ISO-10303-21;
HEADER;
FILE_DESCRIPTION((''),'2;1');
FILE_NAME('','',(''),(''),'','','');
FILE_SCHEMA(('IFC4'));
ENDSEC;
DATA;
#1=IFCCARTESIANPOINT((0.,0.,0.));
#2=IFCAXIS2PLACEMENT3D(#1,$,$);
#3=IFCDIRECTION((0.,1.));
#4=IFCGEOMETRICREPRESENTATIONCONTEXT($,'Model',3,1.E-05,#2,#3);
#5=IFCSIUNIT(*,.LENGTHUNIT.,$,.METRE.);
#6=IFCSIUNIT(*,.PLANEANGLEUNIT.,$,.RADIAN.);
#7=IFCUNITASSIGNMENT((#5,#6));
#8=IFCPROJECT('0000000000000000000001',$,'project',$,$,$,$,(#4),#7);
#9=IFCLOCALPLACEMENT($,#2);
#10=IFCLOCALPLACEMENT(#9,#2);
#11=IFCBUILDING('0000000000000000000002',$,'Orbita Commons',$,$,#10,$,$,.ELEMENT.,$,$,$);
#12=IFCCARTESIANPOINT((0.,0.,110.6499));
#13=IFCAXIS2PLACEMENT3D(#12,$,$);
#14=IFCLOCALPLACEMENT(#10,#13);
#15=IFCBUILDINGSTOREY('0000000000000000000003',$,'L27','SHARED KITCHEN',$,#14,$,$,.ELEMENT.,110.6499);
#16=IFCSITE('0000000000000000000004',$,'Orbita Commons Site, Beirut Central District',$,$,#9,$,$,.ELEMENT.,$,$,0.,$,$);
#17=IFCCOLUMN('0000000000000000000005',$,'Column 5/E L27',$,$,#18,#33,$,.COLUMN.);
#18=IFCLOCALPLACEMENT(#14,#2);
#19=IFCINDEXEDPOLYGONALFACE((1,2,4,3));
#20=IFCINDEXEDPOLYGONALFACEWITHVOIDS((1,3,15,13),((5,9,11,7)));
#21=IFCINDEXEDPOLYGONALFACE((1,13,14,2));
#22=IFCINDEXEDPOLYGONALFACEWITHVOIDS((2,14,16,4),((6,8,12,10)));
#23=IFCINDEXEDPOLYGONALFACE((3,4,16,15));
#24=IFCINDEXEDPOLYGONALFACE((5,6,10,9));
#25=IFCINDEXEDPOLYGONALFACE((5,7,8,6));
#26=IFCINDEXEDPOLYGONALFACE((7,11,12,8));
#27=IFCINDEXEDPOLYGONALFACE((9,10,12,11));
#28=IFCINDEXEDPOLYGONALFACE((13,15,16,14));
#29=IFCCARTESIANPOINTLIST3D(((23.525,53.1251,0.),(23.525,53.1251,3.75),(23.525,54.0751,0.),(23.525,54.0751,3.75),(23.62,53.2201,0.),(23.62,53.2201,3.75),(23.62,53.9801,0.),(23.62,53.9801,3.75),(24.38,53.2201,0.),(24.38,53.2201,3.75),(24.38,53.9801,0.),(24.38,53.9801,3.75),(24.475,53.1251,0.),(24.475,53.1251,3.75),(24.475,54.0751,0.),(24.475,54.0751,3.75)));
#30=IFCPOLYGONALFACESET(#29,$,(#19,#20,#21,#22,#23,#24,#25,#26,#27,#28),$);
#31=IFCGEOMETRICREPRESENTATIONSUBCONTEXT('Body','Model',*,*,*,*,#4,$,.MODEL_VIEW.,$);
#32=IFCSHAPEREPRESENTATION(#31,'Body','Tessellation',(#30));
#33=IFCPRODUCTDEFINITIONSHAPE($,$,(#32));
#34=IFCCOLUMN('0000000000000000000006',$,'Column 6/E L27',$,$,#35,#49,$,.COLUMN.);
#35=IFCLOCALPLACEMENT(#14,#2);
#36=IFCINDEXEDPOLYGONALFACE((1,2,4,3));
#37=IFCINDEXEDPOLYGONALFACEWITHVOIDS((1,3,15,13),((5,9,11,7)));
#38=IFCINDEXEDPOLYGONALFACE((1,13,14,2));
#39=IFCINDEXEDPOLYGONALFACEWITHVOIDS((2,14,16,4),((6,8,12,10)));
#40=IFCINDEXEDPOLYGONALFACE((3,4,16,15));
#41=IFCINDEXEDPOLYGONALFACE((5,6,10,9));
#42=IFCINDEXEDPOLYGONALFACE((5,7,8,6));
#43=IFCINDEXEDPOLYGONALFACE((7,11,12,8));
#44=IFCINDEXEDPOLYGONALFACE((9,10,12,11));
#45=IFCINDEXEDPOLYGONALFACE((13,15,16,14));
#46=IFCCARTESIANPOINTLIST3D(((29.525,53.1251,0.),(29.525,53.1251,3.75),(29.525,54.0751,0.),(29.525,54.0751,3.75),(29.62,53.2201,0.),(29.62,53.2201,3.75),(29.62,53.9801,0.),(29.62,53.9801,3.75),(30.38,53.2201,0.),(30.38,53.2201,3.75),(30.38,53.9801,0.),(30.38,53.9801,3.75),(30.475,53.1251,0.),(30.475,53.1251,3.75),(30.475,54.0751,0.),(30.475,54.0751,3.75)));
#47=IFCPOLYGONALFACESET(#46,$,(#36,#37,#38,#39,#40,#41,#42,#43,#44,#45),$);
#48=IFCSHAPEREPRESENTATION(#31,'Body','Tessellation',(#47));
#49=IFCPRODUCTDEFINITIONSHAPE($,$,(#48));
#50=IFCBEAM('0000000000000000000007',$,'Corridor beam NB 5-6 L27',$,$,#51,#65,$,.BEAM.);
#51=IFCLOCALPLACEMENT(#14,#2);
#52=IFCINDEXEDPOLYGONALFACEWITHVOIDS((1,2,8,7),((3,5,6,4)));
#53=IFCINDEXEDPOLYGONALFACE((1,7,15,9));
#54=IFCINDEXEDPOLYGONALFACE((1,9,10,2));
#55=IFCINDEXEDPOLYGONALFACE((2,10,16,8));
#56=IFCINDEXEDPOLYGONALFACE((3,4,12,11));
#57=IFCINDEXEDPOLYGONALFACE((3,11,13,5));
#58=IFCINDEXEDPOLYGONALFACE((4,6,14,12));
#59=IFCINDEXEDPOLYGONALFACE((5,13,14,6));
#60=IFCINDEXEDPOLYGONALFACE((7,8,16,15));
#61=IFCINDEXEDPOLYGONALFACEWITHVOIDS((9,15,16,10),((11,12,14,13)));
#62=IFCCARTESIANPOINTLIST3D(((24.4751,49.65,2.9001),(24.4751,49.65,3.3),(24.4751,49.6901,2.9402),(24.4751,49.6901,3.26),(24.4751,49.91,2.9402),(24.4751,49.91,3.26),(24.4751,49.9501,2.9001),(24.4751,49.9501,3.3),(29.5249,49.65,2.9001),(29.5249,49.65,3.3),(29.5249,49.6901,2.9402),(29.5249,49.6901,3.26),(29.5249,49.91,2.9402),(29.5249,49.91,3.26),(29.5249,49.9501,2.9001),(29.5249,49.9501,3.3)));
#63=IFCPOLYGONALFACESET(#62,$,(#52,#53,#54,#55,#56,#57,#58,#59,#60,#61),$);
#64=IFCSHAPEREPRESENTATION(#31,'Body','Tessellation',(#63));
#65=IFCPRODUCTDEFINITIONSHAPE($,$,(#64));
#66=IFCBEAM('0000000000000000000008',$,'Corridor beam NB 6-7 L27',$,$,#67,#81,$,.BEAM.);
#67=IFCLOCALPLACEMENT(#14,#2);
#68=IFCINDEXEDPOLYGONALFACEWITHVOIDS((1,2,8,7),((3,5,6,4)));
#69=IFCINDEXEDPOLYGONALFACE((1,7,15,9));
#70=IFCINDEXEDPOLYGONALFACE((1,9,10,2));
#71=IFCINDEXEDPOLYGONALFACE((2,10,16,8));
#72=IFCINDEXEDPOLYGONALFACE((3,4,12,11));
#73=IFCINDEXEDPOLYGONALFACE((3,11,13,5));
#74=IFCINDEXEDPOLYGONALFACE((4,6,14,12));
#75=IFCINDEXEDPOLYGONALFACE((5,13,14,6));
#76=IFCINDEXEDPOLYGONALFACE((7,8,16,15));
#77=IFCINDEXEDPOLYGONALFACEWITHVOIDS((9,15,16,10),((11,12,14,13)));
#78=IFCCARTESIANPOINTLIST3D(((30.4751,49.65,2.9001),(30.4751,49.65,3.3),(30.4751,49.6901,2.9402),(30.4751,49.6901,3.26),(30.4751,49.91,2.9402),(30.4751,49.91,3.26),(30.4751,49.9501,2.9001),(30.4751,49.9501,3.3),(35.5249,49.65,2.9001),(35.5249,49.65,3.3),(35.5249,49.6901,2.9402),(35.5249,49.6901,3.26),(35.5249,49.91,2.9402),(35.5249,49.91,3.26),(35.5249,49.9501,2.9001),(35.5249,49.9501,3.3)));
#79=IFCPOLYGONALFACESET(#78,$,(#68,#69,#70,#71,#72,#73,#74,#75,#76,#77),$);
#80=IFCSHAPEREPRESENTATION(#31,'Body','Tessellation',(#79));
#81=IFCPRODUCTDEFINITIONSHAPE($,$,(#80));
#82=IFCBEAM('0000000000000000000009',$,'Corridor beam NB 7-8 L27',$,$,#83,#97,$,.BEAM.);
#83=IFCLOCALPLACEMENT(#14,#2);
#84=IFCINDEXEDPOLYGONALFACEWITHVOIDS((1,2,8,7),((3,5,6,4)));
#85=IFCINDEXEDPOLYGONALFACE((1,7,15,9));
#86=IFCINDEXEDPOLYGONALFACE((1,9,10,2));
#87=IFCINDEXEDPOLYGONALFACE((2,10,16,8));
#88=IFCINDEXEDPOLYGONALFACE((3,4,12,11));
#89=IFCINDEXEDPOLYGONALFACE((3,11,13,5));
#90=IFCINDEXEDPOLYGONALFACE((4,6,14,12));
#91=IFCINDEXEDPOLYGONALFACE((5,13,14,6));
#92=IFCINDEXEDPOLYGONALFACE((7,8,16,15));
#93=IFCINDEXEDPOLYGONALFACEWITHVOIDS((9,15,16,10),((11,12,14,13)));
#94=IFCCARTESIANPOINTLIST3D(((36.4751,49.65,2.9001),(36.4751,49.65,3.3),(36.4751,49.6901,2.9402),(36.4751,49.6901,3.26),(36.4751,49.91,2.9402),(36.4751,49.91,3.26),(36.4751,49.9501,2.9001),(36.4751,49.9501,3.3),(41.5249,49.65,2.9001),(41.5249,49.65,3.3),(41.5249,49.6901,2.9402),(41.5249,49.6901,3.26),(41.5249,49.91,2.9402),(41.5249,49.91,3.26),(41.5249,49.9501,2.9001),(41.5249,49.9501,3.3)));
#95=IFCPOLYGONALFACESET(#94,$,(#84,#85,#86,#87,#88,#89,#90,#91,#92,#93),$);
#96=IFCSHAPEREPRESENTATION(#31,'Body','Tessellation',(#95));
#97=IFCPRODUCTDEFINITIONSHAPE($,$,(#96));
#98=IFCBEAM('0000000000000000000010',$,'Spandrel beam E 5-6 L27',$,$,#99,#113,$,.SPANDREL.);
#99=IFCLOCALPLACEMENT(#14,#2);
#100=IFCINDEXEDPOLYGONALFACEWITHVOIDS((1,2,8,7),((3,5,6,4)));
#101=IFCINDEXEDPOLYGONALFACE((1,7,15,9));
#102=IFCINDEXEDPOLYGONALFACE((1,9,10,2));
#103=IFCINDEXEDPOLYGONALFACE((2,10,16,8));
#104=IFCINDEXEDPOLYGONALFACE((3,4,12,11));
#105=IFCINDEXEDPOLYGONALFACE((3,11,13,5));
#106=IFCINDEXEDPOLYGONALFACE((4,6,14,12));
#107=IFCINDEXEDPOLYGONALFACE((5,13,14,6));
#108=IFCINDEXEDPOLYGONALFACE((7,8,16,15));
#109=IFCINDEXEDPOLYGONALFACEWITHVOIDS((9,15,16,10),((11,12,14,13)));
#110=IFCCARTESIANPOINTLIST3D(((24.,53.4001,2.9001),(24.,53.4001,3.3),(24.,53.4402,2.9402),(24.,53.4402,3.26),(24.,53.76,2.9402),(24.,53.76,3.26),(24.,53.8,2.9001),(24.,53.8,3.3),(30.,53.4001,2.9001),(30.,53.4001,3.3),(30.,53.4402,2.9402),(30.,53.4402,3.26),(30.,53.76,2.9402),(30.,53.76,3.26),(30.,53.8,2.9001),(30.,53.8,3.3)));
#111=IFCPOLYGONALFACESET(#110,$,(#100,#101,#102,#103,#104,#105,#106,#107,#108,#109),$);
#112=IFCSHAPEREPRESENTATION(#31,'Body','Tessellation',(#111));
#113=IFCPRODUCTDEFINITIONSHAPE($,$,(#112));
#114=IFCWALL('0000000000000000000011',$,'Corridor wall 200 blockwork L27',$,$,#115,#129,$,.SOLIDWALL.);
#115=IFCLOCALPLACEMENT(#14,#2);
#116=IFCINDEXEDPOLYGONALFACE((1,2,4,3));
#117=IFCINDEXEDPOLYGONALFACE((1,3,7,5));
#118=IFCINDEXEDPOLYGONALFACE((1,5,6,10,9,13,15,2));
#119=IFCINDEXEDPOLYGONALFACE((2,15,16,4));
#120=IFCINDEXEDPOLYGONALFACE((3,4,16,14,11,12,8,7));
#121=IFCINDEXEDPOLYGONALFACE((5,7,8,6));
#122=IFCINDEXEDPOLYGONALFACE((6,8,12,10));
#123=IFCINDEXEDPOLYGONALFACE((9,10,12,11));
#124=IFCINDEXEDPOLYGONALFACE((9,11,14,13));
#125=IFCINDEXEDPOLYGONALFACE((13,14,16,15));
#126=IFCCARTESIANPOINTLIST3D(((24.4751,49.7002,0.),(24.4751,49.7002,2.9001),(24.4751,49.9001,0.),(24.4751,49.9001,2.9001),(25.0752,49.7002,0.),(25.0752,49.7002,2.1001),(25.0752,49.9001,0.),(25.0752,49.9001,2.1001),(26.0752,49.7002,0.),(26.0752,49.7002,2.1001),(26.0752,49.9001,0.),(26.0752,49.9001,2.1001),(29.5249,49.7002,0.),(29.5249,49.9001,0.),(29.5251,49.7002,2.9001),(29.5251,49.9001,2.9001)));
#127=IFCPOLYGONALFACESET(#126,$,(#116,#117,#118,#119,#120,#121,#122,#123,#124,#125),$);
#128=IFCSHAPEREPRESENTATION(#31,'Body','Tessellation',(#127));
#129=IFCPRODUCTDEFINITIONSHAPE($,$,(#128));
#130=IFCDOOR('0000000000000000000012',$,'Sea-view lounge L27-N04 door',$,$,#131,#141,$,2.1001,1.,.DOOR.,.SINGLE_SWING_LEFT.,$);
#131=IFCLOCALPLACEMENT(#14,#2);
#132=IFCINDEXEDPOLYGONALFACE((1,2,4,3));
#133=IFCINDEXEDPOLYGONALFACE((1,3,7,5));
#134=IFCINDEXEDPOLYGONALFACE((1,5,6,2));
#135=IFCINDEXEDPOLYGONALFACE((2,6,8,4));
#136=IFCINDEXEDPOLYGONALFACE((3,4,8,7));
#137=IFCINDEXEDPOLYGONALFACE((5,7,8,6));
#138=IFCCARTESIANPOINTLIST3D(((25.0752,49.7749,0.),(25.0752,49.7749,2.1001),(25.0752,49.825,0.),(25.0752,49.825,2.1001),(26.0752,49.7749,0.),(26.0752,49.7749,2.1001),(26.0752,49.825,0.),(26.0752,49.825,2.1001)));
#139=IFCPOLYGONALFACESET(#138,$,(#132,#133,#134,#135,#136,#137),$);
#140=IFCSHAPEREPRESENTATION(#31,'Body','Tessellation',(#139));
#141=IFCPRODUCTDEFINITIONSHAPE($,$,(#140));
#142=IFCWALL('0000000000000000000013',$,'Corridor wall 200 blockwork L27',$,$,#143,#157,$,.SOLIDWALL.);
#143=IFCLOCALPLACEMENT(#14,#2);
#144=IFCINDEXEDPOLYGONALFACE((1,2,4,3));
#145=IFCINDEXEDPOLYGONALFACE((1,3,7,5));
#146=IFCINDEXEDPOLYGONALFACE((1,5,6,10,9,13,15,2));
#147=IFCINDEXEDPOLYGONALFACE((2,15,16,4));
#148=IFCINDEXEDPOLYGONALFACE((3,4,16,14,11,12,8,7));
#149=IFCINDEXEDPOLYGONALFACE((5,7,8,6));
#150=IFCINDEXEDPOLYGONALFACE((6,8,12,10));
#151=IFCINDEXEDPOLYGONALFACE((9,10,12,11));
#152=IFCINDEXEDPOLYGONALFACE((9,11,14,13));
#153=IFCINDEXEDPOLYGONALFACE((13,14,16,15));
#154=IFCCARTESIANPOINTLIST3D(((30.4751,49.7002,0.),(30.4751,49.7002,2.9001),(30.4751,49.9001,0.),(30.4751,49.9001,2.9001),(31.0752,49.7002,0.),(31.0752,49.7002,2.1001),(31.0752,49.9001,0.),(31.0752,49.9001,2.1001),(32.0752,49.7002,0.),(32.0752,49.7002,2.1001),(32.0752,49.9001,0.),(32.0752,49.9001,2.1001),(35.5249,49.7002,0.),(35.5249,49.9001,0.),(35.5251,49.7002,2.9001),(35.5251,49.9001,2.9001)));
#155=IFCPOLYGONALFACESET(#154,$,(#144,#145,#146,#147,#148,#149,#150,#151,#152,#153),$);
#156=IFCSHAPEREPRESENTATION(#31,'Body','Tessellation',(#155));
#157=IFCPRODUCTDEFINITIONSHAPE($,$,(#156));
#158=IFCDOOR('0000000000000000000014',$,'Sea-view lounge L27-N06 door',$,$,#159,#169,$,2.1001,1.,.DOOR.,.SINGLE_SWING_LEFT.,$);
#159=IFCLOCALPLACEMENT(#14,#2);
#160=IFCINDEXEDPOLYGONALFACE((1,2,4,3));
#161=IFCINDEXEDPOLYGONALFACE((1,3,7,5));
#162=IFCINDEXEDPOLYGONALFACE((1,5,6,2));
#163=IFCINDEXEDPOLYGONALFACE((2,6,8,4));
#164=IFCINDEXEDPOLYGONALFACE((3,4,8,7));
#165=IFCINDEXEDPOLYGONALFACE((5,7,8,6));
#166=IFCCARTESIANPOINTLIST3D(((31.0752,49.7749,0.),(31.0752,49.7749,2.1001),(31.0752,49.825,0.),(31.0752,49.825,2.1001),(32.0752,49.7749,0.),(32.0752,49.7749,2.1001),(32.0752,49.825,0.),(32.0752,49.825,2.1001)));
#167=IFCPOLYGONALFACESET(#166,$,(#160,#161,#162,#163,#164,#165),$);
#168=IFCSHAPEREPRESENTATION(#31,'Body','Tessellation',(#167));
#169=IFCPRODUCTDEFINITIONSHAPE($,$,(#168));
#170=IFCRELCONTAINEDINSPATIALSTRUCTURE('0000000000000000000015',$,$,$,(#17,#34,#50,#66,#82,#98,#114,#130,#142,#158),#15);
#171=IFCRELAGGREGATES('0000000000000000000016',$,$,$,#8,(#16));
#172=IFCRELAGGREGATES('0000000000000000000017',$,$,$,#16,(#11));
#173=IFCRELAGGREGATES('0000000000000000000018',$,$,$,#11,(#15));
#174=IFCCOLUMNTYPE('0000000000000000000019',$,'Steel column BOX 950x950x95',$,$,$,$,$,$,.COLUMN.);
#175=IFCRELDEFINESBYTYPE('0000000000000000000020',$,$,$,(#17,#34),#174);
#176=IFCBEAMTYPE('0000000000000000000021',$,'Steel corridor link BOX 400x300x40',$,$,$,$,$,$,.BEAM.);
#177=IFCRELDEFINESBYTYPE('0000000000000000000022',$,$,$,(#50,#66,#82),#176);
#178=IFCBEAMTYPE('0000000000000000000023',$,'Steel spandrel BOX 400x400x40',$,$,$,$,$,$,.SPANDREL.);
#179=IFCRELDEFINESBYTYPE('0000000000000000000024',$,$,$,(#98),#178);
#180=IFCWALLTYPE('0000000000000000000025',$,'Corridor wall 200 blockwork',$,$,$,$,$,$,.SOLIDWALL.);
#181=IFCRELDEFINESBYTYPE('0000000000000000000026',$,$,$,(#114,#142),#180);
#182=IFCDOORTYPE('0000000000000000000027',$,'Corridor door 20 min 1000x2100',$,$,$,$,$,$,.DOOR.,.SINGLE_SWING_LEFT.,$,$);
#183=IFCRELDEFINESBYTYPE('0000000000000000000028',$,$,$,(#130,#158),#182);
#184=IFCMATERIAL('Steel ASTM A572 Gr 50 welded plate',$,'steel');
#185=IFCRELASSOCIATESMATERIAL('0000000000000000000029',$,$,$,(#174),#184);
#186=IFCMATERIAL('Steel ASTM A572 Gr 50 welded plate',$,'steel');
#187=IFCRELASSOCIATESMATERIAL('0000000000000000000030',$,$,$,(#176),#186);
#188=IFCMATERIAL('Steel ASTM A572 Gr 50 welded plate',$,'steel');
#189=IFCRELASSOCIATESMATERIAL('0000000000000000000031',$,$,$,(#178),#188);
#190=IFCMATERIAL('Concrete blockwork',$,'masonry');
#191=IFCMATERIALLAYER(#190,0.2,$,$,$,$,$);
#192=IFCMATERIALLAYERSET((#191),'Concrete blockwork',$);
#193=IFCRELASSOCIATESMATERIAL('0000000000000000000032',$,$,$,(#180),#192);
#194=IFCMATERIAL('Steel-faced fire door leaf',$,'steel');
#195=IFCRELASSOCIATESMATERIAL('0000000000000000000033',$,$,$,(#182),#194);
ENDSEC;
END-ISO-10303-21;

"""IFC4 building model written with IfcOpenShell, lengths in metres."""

from ifc_helpers import new_model, si_unit, direction, frame, frame_2d, origin, origin_2d, place, context, subcontext, project, spatial, polyline, rectangle, hollow_rectangle, outline, extrude, material, layer, layer_set, material_profile, profile_set, type_object, element, fill, save


model = new_model("IFC4")

# Units and contexts
model_context = context("Model", 3, precision=1e-05, world=origin(), true_north=direction((0.0, 1.0)))
body_context = subcontext(model_context, "Body", "Model", "MODEL_VIEW")
ifc_project = project(units=[si_unit("LENGTHUNIT", "METRE"), si_unit("PLANEANGLEUNIT", "RADIAN")], contexts=[model_context])

# Site, building, storey
site_placement = place(None, origin())
site = spatial("IfcSite", under=ifc_project, at=site_placement, Name="Orbita Commons Site, Beirut Central District", CompositionType="ELEMENT", RefElevation=0.0)
building_placement = place(site_placement, origin())
building = spatial("IfcBuilding", under=site, at=building_placement, Name="Orbita Commons", CompositionType="ELEMENT")
storey_placement = place(building_placement, frame((0.0, 0.0, 110.6499)))
storey = spatial("IfcBuildingStorey", under=building, at=storey_placement, Name="L27", Description="SHARED KITCHEN", CompositionType="ELEMENT", Elevation=110.6499)

# Columns
ifc_material_1 = material(Name="Steel ASTM A572 Gr 50 welded plate", Category="steel")
ifc_material_profile_1 = material_profile(ifc_material_1, hollow_rectangle(XDim=0.95, YDim=0.95, WallThickness=0.095, at=origin_2d()), Name="BOX 950x950x95")
ifc_profile_set_1 = profile_set([ifc_material_profile_1], Name="Steel ASTM A572 Gr 50 welded plate")
column_type = type_object("IfcColumnType", Name="Steel column BOX 950x950x95", PredefinedType="COLUMN", material=ifc_profile_set_1)
for number, where, z_axis, x_axis, name in (
    (1, (24.0, 53.6001, 0.0), (0.0, 0.0, 1.0), (1.0, 0.0, 0.0), "Column 5/E L27"),
    (2, (30.0, 53.6001, 0.0), (0.0, 0.0, 1.0), (1.0, 0.0, 0.0), "Column 6/E L27"),
):
    element("IfcColumn", number, at=place(storey_placement, frame(where, z_axis=z_axis, x_axis=x_axis)), inside=storey, type_object=column_type, Name=name, PredefinedType="COLUMN", context=body_context, shape_type="SweptSolid", body=[
        extrude(hollow_rectangle(XDim=0.95, YDim=0.95, WallThickness=0.095, at=origin_2d()), origin(), (0.0, 0.0, 1.0), 3.75),
    ])

# Beams
ifc_material_2 = material(Name="Steel ASTM A572 Gr 50 welded plate", Category="steel")
ifc_material_profile_2 = material_profile(ifc_material_2, hollow_rectangle(XDim=0.3, YDim=0.3999, WallThickness=0.04, at=origin_2d()), Name="BOX 400x300x40")
ifc_profile_set_2 = profile_set([ifc_material_profile_2], Name="Steel ASTM A572 Gr 50 welded plate")
beam_type_1 = type_object("IfcBeamType", Name="Steel corridor link BOX 400x300x40", PredefinedType="BEAM", material=ifc_profile_set_2)
for number, where, z_axis, x_axis, name in (
    (3, (24.4751, 49.8, 3.1001), (1.0, 0.0, 0.0), (0.0, 1.0, 0.0), "Corridor beam NB 5-6 L27"),
    (4, (30.4751, 49.8, 3.1001), (1.0, 0.0, 0.0), (0.0, 1.0, 0.0), "Corridor beam NB 6-7 L27"),
    (5, (36.4751, 49.8, 3.1001), (1.0, 0.0, 0.0), (0.0, 1.0, 0.0), "Corridor beam NB 7-8 L27"),
):
    element("IfcBeam", number, at=place(storey_placement, frame(where, z_axis=z_axis, x_axis=x_axis)), inside=storey, type_object=beam_type_1, Name=name, PredefinedType="BEAM", context=body_context, shape_type="SweptSolid", body=[
        extrude(hollow_rectangle(XDim=0.3, YDim=0.3999, WallThickness=0.04, at=origin_2d()), origin(), (0.0, 0.0, 1.0), 5.0498),
    ])
ifc_material_3 = material(Name="Steel ASTM A572 Gr 50 welded plate", Category="steel")
ifc_material_profile_3 = material_profile(ifc_material_3, hollow_rectangle(XDim=0.3999, YDim=0.3999, WallThickness=0.04, at=origin_2d()), Name="BOX 400x400x40")
ifc_profile_set_3 = profile_set([ifc_material_profile_3], Name="Steel ASTM A572 Gr 50 welded plate")
beam_type_2 = type_object("IfcBeamType", Name="Steel spandrel BOX 400x400x40", PredefinedType="SPANDREL", material=ifc_profile_set_3)
beam_placement = place(storey_placement, frame((24.0, 53.6001, 3.1001), z_axis=(1.0, 0.0, 0.0), x_axis=(0.0, 1.0, 0.0)))
element("IfcBeam", 6, at=beam_placement, inside=storey, type_object=beam_type_2, Name="Spandrel beam E 5-6 L27", PredefinedType="SPANDREL", context=body_context, shape_type="SweptSolid", body=[
    extrude(hollow_rectangle(XDim=0.3999, YDim=0.3999, WallThickness=0.04, at=origin_2d()), origin(), (0.0, 0.0, 1.0), 6.0),
])

# Walls, openings, doors
ifc_material_4 = material(Name="Concrete blockwork", Category="masonry")
ifc_layer_1 = layer(ifc_material_4, 0.2)
ifc_layer_set_1 = layer_set([ifc_layer_1], Name="Concrete blockwork")
wall_type_1 = type_object("IfcWallType", Name="Corridor wall 200 blockwork", PredefinedType="SOLIDWALL", material=ifc_layer_set_1)
wall_1_placement = place(storey_placement, frame((24.4751, 49.8, 0.0), z_axis=(0.0, 0.0, 1.0), x_axis=(1.0, 0.0, 0.0)))
wall_1 = element("IfcWall", 7, at=wall_1_placement, inside=storey, type_object=wall_type_1, Name="Corridor wall 200 blockwork L27", PredefinedType="SOLIDWALL", context=body_context, shape_type="SweptSolid", body=[
    extrude(outline(polyline([(0.0, 0.0), (5.0498, 0.0), (5.05, 2.9001), (0.0, 2.9001), (0.0, 0.0)])), frame((0.0, 0.1001, 0.0), z_axis=(0.0, -1.0, 0.0), x_axis=(1.0, 0.0, 0.0)), (0.0, 0.0, 1.0), 0.2),
])
opening_1_placement = place(wall_1_placement, frame((0.6001, 0.0, 0.0)))
opening_1 = element("IfcOpeningElement", 8, at=opening_1_placement, cuts=wall_1, PredefinedType="OPENING", context=body_context, shape_type="SweptSolid", body=[
    extrude(rectangle(XDim=1.0, YDim=2.1001, at=frame_2d((0.5, 1.05))), frame((0.0, 0.1099, 0.0), z_axis=(0.0, -1.0, 0.0), x_axis=(1.0, 0.0, 0.0)), (0.0, 0.0, 1.0), 0.22),
])
ifc_material_5 = material(Name="Steel-faced fire door leaf", Category="steel")
door_type_1 = type_object("IfcDoorType", Name="Corridor door 20 min 1000x2100", OperationType="SINGLE_SWING_LEFT", PredefinedType="DOOR", material=ifc_material_5)
door_1_placement = place(opening_1_placement, origin())
door_1 = element("IfcDoor", 9, at=door_1_placement, inside=storey, type_object=door_type_1, Name="Sea-view lounge L27-N04 door", OperationType="SINGLE_SWING_LEFT", OverallHeight=2.1001, OverallWidth=1.0, PredefinedType="DOOR", context=body_context, shape_type="SweptSolid", body=[
    extrude(rectangle(XDim=1.0, YDim=2.1001, at=frame_2d((0.5, 1.05))), frame((0.0, 0.0249, 0.0), z_axis=(0.0, -1.0, 0.0), x_axis=(1.0, 0.0, 0.0)), (0.0, 0.0, 1.0), 0.05),
])
fill(opening_1, door_1)
wall_2_placement = place(storey_placement, frame((30.4751, 49.8, 0.0), z_axis=(0.0, 0.0, 1.0), x_axis=(1.0, 0.0, 0.0)))
wall_2 = element("IfcWall", 10, at=wall_2_placement, inside=storey, type_object=wall_type_1, Name="Corridor wall 200 blockwork L27", PredefinedType="SOLIDWALL", context=body_context, shape_type="SweptSolid", body=[
    extrude(outline(polyline([(0.0, 0.0), (5.0498, 0.0), (5.05, 2.9001), (0.0, 2.9001), (0.0, 0.0)])), frame((0.0, 0.1001, 0.0), z_axis=(0.0, -1.0, 0.0), x_axis=(1.0, 0.0, 0.0)), (0.0, 0.0, 1.0), 0.2),
])
opening_2_placement = place(wall_2_placement, frame((0.6001, 0.0, 0.0)))
opening_2 = element("IfcOpeningElement", 11, at=opening_2_placement, cuts=wall_2, PredefinedType="OPENING", context=body_context, shape_type="SweptSolid", body=[
    extrude(rectangle(XDim=1.0, YDim=2.1001, at=frame_2d((0.5, 1.05))), frame((0.0, 0.1099, 0.0), z_axis=(0.0, -1.0, 0.0), x_axis=(1.0, 0.0, 0.0)), (0.0, 0.0, 1.0), 0.22),
])
door_2_placement = place(opening_2_placement, origin())
door_2 = element("IfcDoor", 12, at=door_2_placement, inside=storey, type_object=door_type_1, Name="Sea-view lounge L27-N06 door", OperationType="SINGLE_SWING_LEFT", OverallHeight=2.1001, OverallWidth=1.0, PredefinedType="DOOR", context=body_context, shape_type="SweptSolid", body=[
    extrude(rectangle(XDim=1.0, YDim=2.1001, at=frame_2d((0.5, 1.05))), frame((0.0, 0.0249, 0.0), z_axis=(0.0, -1.0, 0.0), x_axis=(1.0, 0.0, 0.0)), (0.0, 0.0, 1.0), 0.05),
])
fill(opening_2, door_2)

save(model, "model.ifc")
